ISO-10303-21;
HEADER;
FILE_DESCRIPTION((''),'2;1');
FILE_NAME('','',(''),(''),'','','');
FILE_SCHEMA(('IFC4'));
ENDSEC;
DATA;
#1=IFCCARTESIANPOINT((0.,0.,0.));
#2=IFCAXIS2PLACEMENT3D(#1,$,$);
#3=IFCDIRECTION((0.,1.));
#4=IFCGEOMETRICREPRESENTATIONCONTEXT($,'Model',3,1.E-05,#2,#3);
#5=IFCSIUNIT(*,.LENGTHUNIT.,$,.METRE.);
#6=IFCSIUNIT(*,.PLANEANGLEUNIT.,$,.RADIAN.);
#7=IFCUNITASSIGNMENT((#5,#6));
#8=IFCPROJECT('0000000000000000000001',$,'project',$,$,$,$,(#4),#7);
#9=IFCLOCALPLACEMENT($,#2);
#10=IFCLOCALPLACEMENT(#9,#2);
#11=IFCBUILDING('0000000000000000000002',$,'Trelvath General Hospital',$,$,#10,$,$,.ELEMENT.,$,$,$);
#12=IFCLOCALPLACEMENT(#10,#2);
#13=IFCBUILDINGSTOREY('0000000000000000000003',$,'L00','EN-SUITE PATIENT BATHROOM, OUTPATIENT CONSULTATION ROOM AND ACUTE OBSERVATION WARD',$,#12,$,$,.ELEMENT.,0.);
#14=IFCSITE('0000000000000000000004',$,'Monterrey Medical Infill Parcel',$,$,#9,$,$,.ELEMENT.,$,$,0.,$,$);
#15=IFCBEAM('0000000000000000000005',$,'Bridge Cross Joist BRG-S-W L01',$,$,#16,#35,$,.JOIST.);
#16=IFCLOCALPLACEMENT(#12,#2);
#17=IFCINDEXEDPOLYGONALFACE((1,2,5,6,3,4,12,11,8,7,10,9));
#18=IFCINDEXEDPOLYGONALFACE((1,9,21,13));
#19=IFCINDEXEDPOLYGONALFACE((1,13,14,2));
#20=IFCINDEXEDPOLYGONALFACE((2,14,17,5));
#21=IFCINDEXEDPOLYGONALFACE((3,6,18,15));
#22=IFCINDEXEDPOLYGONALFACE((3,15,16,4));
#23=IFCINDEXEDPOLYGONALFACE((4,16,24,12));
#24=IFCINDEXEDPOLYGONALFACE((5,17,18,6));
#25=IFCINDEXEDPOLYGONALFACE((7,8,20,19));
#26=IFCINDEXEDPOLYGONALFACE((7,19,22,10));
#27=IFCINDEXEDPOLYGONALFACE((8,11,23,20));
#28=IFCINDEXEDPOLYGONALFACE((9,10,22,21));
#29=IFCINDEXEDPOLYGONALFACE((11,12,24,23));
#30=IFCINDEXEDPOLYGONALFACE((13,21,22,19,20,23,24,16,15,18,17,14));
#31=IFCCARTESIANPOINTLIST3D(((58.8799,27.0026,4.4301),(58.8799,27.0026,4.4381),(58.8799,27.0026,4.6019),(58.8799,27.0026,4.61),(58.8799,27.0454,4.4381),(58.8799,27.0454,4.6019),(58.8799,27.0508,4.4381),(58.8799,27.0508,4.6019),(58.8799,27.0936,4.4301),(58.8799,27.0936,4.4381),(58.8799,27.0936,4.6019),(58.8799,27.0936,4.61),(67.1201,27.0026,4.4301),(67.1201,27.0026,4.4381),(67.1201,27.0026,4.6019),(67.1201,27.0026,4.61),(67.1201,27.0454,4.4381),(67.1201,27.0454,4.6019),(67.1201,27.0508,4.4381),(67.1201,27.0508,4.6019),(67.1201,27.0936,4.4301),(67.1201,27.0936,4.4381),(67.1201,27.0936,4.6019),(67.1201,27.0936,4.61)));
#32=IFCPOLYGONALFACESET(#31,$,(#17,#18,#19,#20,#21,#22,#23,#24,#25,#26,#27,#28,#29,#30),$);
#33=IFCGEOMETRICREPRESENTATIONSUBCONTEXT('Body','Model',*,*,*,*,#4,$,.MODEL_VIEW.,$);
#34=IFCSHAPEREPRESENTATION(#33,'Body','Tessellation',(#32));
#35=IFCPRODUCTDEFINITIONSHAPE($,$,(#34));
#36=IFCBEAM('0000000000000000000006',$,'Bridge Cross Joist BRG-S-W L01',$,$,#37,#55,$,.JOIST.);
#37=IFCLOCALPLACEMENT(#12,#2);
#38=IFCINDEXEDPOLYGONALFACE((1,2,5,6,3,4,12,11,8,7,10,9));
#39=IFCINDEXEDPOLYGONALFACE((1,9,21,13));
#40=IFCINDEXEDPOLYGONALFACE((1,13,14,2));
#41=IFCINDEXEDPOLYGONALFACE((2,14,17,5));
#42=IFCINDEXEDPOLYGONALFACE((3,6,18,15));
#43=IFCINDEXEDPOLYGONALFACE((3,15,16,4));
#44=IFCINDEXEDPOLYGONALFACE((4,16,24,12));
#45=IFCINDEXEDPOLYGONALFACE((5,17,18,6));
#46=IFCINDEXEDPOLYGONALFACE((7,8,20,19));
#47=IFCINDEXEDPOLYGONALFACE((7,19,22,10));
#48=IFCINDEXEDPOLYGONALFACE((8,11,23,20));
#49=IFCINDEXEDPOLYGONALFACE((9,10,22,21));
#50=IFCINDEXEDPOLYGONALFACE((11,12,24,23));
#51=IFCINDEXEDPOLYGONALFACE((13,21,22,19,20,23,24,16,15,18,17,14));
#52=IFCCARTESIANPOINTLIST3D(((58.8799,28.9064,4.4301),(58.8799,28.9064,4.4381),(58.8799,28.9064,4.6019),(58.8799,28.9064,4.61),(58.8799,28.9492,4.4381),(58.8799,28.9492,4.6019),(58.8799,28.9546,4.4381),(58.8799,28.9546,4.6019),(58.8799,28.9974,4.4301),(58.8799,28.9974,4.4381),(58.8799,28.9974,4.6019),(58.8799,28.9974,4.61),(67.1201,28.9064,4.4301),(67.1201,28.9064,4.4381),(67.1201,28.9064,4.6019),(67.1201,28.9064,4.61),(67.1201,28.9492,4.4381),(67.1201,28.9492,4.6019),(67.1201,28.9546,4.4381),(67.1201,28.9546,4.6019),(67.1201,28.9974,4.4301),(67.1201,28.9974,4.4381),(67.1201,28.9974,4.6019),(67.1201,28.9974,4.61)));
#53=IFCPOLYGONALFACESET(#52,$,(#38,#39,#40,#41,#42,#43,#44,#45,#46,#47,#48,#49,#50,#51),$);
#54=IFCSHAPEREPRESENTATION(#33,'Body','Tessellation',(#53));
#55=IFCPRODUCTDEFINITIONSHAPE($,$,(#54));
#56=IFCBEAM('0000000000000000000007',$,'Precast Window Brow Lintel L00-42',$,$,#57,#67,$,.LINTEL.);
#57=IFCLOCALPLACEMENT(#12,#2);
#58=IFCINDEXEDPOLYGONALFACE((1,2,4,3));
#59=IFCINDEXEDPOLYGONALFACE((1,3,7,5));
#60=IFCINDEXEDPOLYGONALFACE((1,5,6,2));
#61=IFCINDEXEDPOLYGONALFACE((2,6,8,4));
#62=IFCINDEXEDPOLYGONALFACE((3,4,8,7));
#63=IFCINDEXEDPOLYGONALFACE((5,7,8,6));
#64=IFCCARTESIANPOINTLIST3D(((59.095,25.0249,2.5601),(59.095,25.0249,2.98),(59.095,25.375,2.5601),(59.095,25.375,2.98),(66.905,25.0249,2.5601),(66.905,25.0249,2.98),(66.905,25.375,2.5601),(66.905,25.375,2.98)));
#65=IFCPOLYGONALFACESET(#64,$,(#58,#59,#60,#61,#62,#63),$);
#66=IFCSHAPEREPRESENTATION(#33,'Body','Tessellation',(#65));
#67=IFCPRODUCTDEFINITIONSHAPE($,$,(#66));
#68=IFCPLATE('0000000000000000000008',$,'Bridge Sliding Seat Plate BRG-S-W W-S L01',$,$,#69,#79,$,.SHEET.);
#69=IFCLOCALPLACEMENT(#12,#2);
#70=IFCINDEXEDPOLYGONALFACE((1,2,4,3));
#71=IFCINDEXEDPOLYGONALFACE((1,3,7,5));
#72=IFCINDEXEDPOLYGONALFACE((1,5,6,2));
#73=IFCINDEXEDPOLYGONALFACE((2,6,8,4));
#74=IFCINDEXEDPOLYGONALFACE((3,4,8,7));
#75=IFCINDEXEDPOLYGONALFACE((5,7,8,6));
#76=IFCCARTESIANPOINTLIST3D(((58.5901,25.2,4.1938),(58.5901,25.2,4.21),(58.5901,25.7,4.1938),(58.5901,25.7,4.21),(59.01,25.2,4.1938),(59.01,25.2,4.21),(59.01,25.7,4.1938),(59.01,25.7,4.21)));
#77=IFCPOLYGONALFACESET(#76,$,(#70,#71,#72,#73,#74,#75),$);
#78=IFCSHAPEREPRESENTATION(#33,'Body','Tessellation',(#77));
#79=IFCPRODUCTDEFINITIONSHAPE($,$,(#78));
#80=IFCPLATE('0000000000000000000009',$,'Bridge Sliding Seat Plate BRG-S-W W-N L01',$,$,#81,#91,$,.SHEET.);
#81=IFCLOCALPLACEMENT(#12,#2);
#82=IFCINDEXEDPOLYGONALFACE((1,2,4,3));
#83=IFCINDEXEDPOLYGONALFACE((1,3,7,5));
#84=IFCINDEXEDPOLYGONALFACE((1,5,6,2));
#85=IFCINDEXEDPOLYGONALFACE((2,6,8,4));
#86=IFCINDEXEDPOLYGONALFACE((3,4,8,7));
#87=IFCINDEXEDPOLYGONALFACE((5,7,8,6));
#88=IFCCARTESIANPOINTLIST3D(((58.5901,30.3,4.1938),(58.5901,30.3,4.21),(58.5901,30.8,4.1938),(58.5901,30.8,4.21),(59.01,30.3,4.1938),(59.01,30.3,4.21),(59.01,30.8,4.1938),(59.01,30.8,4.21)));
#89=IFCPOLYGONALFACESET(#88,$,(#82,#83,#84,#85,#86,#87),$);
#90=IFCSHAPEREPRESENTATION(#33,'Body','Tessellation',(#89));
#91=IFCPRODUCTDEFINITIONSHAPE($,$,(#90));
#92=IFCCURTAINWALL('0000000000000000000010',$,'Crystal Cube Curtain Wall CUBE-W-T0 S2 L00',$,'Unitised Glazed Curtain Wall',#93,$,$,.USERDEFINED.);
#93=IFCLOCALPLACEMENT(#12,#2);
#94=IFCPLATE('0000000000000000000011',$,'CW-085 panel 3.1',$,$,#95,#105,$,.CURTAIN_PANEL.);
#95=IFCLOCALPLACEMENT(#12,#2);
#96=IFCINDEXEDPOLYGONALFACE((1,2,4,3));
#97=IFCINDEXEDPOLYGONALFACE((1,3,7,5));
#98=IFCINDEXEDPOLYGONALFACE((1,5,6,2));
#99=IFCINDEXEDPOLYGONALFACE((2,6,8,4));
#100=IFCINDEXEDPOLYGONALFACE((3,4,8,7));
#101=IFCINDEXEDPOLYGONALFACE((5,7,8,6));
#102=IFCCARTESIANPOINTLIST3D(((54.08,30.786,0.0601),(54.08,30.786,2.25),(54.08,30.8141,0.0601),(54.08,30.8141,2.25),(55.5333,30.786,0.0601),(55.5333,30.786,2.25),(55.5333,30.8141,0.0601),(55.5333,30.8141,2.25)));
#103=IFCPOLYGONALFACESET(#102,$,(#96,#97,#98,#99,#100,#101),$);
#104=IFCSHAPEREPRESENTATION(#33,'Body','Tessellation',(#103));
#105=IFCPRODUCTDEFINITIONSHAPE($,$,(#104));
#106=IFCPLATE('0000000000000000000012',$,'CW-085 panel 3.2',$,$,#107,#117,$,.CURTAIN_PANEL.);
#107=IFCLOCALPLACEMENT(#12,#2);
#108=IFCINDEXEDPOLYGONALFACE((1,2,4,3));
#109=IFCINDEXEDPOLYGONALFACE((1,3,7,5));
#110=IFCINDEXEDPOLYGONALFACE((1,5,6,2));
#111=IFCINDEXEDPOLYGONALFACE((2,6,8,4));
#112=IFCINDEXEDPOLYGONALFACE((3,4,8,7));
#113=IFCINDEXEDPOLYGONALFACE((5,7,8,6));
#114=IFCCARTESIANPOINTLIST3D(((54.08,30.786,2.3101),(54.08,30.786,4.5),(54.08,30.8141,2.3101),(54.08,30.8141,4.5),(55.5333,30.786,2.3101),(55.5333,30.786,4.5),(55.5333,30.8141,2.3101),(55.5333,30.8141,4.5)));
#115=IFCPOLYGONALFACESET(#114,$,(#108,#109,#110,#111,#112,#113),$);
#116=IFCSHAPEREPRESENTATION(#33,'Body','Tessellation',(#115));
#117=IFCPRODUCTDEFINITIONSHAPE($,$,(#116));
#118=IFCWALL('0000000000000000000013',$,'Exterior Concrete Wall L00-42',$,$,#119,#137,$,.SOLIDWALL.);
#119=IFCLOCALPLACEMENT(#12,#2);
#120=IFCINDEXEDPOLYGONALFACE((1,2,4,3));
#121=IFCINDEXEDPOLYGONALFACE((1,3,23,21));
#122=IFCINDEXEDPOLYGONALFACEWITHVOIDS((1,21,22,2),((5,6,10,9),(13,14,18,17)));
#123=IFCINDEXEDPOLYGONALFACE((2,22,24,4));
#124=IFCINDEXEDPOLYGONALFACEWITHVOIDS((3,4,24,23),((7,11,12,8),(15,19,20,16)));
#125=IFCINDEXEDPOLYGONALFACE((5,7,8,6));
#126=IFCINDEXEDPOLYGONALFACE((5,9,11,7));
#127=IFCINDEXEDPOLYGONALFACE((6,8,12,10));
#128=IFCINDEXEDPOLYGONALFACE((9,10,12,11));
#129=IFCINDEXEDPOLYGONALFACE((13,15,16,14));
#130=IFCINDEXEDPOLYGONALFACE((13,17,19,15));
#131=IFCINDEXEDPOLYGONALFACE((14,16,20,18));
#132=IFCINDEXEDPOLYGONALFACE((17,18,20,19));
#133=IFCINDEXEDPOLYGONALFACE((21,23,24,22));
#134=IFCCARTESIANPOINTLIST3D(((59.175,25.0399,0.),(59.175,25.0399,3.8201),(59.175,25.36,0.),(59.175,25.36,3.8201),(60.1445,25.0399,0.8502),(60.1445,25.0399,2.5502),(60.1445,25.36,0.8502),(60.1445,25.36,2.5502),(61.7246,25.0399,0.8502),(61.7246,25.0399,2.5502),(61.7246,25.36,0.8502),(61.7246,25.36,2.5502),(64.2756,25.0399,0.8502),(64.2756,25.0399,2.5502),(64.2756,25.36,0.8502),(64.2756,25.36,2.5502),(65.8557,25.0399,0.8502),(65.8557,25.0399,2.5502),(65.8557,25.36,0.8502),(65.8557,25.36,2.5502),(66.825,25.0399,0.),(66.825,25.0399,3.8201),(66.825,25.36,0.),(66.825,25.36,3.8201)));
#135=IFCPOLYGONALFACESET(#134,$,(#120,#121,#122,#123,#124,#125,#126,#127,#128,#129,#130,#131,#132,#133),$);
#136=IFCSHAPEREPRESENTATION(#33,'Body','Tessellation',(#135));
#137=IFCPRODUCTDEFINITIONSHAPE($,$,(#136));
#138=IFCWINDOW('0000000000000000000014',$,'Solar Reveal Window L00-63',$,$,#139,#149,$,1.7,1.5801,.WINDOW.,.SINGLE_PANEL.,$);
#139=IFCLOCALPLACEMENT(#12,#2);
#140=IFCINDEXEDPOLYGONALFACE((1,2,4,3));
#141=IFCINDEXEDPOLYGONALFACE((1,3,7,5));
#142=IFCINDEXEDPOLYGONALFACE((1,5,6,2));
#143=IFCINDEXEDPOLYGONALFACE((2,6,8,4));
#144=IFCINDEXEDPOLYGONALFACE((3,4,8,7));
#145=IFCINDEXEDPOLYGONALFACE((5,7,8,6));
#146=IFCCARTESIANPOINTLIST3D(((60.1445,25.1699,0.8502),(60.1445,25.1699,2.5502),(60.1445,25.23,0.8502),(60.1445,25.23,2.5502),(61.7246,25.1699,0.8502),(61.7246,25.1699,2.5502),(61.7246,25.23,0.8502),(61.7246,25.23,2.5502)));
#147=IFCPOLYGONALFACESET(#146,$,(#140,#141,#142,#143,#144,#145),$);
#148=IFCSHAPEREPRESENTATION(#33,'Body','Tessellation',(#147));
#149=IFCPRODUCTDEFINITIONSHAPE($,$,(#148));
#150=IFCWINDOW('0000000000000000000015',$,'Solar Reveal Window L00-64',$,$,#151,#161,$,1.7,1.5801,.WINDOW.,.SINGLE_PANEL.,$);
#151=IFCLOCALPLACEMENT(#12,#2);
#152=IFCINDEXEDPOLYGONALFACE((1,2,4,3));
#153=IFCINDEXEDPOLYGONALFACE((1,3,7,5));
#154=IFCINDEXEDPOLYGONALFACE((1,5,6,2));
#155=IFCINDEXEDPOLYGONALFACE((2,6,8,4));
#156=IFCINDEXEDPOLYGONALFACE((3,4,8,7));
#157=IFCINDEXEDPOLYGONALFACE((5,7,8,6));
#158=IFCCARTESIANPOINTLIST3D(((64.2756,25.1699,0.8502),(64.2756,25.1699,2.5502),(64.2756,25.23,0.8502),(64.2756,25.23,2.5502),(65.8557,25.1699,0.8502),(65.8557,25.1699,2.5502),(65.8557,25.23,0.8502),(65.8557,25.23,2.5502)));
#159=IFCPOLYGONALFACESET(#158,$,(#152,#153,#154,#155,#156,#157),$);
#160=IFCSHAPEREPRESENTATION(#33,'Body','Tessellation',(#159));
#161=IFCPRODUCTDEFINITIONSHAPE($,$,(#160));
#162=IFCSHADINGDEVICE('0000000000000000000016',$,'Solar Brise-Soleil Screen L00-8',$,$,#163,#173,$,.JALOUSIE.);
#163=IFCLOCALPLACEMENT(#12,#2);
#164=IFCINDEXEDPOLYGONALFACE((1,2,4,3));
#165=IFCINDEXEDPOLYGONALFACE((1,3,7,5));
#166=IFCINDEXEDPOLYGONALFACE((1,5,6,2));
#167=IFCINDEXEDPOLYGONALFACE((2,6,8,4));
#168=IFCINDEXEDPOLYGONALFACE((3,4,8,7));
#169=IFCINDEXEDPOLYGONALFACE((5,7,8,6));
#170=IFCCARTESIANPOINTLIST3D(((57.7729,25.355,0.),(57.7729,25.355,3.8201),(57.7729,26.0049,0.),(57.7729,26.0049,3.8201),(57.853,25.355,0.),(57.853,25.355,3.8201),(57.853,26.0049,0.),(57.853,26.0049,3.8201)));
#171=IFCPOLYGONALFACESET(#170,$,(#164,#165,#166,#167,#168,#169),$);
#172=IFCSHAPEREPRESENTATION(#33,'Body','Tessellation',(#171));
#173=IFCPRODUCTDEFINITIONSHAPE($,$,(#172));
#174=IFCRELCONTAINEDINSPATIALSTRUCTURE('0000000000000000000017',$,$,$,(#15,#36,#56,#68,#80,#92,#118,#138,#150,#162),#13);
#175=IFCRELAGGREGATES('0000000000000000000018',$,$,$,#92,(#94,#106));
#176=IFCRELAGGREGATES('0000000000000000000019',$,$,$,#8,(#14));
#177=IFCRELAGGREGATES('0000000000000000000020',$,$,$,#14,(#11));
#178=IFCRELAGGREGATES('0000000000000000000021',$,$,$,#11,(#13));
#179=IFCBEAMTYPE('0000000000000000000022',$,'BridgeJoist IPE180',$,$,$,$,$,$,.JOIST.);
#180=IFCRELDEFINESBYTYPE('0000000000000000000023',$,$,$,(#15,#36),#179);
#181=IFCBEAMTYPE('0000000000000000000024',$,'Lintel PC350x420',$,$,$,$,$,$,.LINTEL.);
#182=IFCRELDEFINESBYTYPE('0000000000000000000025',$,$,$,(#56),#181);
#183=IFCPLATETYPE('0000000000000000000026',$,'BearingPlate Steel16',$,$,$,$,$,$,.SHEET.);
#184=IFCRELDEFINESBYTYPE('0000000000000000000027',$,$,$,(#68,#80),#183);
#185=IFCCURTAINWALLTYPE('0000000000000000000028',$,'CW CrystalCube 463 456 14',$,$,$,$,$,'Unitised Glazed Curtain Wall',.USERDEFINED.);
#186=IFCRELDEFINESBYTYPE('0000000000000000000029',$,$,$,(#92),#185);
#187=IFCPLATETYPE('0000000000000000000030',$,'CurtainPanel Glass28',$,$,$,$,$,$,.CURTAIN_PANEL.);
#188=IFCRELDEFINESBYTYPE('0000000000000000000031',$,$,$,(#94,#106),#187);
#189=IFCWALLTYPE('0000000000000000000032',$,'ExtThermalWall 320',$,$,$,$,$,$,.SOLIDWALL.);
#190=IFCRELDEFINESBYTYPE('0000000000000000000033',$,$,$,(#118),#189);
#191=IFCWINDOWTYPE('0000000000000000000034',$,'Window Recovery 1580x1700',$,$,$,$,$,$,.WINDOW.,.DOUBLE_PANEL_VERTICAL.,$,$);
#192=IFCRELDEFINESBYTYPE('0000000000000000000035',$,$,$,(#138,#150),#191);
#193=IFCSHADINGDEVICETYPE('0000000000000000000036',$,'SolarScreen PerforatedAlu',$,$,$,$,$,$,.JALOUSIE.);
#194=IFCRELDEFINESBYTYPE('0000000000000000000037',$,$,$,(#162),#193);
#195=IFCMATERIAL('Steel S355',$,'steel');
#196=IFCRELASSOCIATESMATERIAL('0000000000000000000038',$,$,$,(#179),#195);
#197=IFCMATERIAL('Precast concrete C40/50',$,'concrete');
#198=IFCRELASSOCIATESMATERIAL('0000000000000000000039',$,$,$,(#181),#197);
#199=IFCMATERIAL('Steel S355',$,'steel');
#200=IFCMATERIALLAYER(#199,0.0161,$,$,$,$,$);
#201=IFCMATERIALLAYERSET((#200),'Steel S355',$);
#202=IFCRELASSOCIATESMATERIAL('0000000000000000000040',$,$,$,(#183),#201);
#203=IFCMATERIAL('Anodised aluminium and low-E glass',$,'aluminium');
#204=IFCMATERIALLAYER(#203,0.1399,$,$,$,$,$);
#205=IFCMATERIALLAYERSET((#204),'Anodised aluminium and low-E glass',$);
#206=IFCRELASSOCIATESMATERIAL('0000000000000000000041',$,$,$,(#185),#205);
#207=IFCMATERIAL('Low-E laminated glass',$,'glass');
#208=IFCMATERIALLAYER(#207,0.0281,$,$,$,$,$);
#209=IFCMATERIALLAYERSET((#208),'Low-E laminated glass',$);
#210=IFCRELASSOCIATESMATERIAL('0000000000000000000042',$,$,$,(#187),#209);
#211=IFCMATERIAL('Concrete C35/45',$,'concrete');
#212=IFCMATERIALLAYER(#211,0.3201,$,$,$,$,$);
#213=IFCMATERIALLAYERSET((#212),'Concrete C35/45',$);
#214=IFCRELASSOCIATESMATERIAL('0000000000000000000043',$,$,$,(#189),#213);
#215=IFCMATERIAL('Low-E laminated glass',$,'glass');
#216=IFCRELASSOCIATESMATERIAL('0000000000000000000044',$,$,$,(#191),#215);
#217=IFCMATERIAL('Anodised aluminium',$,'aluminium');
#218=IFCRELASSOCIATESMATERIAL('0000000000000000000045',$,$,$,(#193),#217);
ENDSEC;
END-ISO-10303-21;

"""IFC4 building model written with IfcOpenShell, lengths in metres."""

from ifc_helpers import new_model, si_unit, direction, frame, frame_2d, origin, origin_2d, place, context, subcontext, project, spatial, rectangle, i_section, extrude, material, layer, layer_set, material_profile, profile_set, type_object, element, fill, aggregate, save


model = new_model("IFC4")

# Units and contexts
model_context = context("Model", 3, precision=1e-05, world=origin(), true_north=direction((0.0, 1.0)))
body_context = subcontext(model_context, "Body", "Model", "MODEL_VIEW")
ifc_project = project(units=[si_unit("LENGTHUNIT", "METRE"), si_unit("PLANEANGLEUNIT", "RADIAN")], contexts=[model_context])

# Site, building, storey
site_placement = place(None, origin())
site = spatial("IfcSite", under=ifc_project, at=site_placement, Name="Monterrey Medical Infill Parcel", CompositionType="ELEMENT", RefElevation=0.0)
building_placement = place(site_placement, origin())
building = spatial("IfcBuilding", under=site, at=building_placement, Name="Trelvath General Hospital", CompositionType="ELEMENT")
storey_placement = place(building_placement, origin())
storey = spatial("IfcBuildingStorey", under=building, at=storey_placement, Name="L00", Description="EN-SUITE PATIENT BATHROOM, OUTPATIENT CONSULTATION ROOM AND ACUTE OBSERVATION WARD", CompositionType="ELEMENT", Elevation=0.0)

# Beams
ifc_material_1 = material(Name="Steel S355", Category="steel")
ifc_material_profile_1 = material_profile(ifc_material_1, i_section(OverallWidth=0.0911, OverallDepth=0.1799, WebThickness=0.0054, FlangeThickness=0.0081, at=origin_2d()), Name="IPE180")
ifc_profile_set_1 = profile_set([ifc_material_profile_1], Name="Steel S355")
beam_type_1 = type_object("IfcBeamType", Name="BridgeJoist IPE180", PredefinedType="JOIST", material=ifc_profile_set_1)
for number, where, z_axis, x_axis, name in (
    (1, (58.8799, 27.0481, 4.52), (1.0, 0.0, 0.0), (0.0, 1.0, 0.0), "Bridge Cross Joist BRG-S-W L01"),
    (2, (58.8799, 28.9519, 4.52), (1.0, 0.0, 0.0), (0.0, 1.0, 0.0), "Bridge Cross Joist BRG-S-W L01"),
):
    element("IfcBeam", number, at=place(storey_placement, frame(where, z_axis=z_axis, x_axis=x_axis)), inside=storey, type_object=beam_type_1, Name=name, PredefinedType="JOIST", context=body_context, shape_type="SweptSolid", body=[
        extrude(i_section(OverallWidth=0.0911, OverallDepth=0.1799, WebThickness=0.0054, FlangeThickness=0.0081, at=origin_2d()), origin(), (0.0, 0.0, 1.0), 8.2402),
    ])
ifc_material_2 = material(Name="Precast concrete C40/50", Category="concrete")
ifc_material_profile_2 = material_profile(ifc_material_2, rectangle(XDim=0.3501, YDim=0.4199, at=origin_2d()), Name="PCL350x420")
ifc_profile_set_2 = profile_set([ifc_material_profile_2], Name="Precast concrete C40/50")
beam_type_2 = type_object("IfcBeamType", Name="Lintel PC350x420", PredefinedType="LINTEL", material=ifc_profile_set_2)
beam_1_placement = place(storey_placement, frame((59.095, 25.2, 2.77), z_axis=(1.0, 0.0, 0.0), x_axis=(0.0, 1.0, 0.0)))
element("IfcBeam", 3, at=beam_1_placement, inside=storey, type_object=beam_type_2, Name="Precast Window Brow Lintel L00-42", PredefinedType="LINTEL", context=body_context, shape_type="SweptSolid", body=[
    extrude(rectangle(XDim=0.3501, YDim=0.4199, at=origin_2d()), origin(), (0.0, 0.0, 1.0), 7.8101),
])

# Plates
ifc_material_3 = material(Name="Steel S355", Category="steel")
ifc_layer_1 = layer(ifc_material_3, 0.0161)
ifc_layer_set_1 = layer_set([ifc_layer_1], Name="Steel S355")
plate_type_1 = type_object("IfcPlateType", Name="BearingPlate Steel16", PredefinedType="SHEET", material=ifc_layer_set_1)
for number, where, z_axis, x_axis, name in (
    (4, (58.8, 25.45, 4.1938), (0.0, 0.0, 1.0), (1.0, 0.0, 0.0), "Bridge Sliding Seat Plate BRG-S-W W-S L01"),
    (5, (58.8, 30.55, 4.1938), (0.0, 0.0, 1.0), (1.0, 0.0, 0.0), "Bridge Sliding Seat Plate BRG-S-W W-N L01"),
):
    element("IfcPlate", number, at=place(storey_placement, frame(where, z_axis=z_axis, x_axis=x_axis)), inside=storey, type_object=plate_type_1, Name=name, PredefinedType="SHEET", context=body_context, shape_type="SweptSolid", body=[
        extrude(rectangle(XDim=0.4199, YDim=0.5, at=origin_2d()), origin(), (0.0, 0.0, 1.0), 0.0161),
    ])

# Curtain wall, plates
ifc_material_4 = material(Name="Anodised aluminium and low-E glass", Category="aluminium")
ifc_layer_2 = layer(ifc_material_4, 0.1399)
ifc_layer_set_2 = layer_set([ifc_layer_2], Name="Anodised aluminium and low-E glass")
curtain_wall_type = type_object("IfcCurtainWallType", Name="CW CrystalCube 463 456 14", ElementType="Unitised Glazed Curtain Wall", PredefinedType="USERDEFINED", material=ifc_layer_set_2)
curtain_wall_placement = place(storey_placement, origin())
curtain_wall = element("IfcCurtainWall", 6, at=curtain_wall_placement, inside=storey, type_object=curtain_wall_type, Name="Crystal Cube Curtain Wall CUBE-W-T0 S2 L00", ObjectType="Unitised Glazed Curtain Wall", PredefinedType="USERDEFINED")
ifc_material_5 = material(Name="Low-E laminated glass", Category="glass")
ifc_layer_3 = layer(ifc_material_5, 0.0281)
ifc_layer_set_3 = layer_set([ifc_layer_3], Name="Low-E laminated glass")
plate_type_2 = type_object("IfcPlateType", Name="CurtainPanel Glass28", PredefinedType="CURTAIN_PANEL", material=ifc_layer_set_3)
plate_1_placement = place(storey_placement, frame((54.8066, 30.8, 0.0601), z_axis=(0.0, 0.0, 1.0), x_axis=(-1.0, 0.0, 0.0)))
plate_1 = element("IfcPlate", 7, at=plate_1_placement, type_object=plate_type_2, Name="CW-085 panel 3.1", PredefinedType="CURTAIN_PANEL", context=body_context, shape_type="SweptSolid", body=[
    extrude(rectangle(XDim=1.4534, YDim=0.0281, at=origin_2d()), origin(), (0.0, 0.0, 1.0), 2.1899),
])
plate_2_placement = place(storey_placement, frame((54.8066, 30.8, 2.3101), z_axis=(0.0, 0.0, 1.0), x_axis=(-1.0, 0.0, 0.0)))
plate_2 = element("IfcPlate", 8, at=plate_2_placement, type_object=plate_type_2, Name="CW-085 panel 3.2", PredefinedType="CURTAIN_PANEL", context=body_context, shape_type="SweptSolid", body=[
    extrude(rectangle(XDim=1.4534, YDim=0.0281, at=origin_2d()), origin(), (0.0, 0.0, 1.0), 2.1899),
])
aggregate(curtain_wall, [plate_1, plate_2])

# Wall, openings, windows
ifc_material_6 = material(Name="Concrete C35/45", Category="concrete")
ifc_layer_4 = layer(ifc_material_6, 0.3201)
ifc_layer_set_4 = layer_set([ifc_layer_4], Name="Concrete C35/45")
wall_type = type_object("IfcWallType", Name="ExtThermalWall 320", PredefinedType="SOLIDWALL", material=ifc_layer_set_4)
wall_placement = place(storey_placement, frame((59.175, 25.2, 0.0), z_axis=(0.0, 0.0, 1.0), x_axis=(1.0, 0.0, 0.0)))
wall = element("IfcWall", 9, at=wall_placement, inside=storey, type_object=wall_type, Name="Exterior Concrete Wall L00-42", PredefinedType="SOLIDWALL", context=body_context, shape_type="SweptSolid", body=[
    extrude(rectangle(XDim=7.6499, YDim=0.3201, at=frame_2d((3.825, 0.0))), origin(), (0.0, 0.0, 1.0), 3.8201),
])
opening_1_placement = place(wall_placement, frame((0.9695, 0.0, 0.8501)))
opening_1 = element("IfcOpeningElement", 10, at=opening_1_placement, cuts=wall, PredefinedType="OPENING", context=body_context, shape_type="SweptSolid", body=[
    extrude(rectangle(XDim=1.5801, YDim=1.7, at=frame_2d((0.79, 0.8501))), frame((0.0, 0.1699, 0.0), z_axis=(0.0, -1.0, 0.0), x_axis=(1.0, 0.0, 0.0)), (0.0, 0.0, 1.0), 0.3401),
])
opening_2_placement = place(wall_placement, frame((5.1006, 0.0, 0.8501)))
opening_2 = element("IfcOpeningElement", 11, at=opening_2_placement, cuts=wall, PredefinedType="OPENING", context=body_context, shape_type="SweptSolid", body=[
    extrude(rectangle(XDim=1.5801, YDim=1.7, at=frame_2d((0.79, 0.8501))), frame((0.0, 0.1699, 0.0), z_axis=(0.0, -1.0, 0.0), x_axis=(1.0, 0.0, 0.0)), (0.0, 0.0, 1.0), 0.3401),
])
ifc_material_7 = material(Name="Low-E laminated glass", Category="glass")
window_type = type_object("IfcWindowType", Name="Window Recovery 1580x1700", PartitioningType="DOUBLE_PANEL_VERTICAL", PredefinedType="WINDOW", material=ifc_material_7)
window_1_placement = place(opening_1_placement, origin())
window_1 = element("IfcWindow", 12, at=window_1_placement, inside=storey, type_object=window_type, Name="Solar Reveal Window L00-63", OverallHeight=1.7, OverallWidth=1.5801, PartitioningType="SINGLE_PANEL", PredefinedType="WINDOW", context=body_context, shape_type="SweptSolid", body=[
    extrude(rectangle(XDim=1.5801, YDim=1.7, at=frame_2d((0.79, 0.8501))), frame((0.0, 0.03, 0.0), z_axis=(0.0, -1.0, 0.0), x_axis=(1.0, 0.0, 0.0)), (0.0, 0.0, 1.0), 0.0601),
])
fill(opening_1, window_1)
window_2_placement = place(opening_2_placement, origin())
window_2 = element("IfcWindow", 13, at=window_2_placement, inside=storey, type_object=window_type, Name="Solar Reveal Window L00-64", OverallHeight=1.7, OverallWidth=1.5801, PartitioningType="SINGLE_PANEL", PredefinedType="WINDOW", context=body_context, shape_type="SweptSolid", body=[
    extrude(rectangle(XDim=1.5801, YDim=1.7, at=frame_2d((0.79, 0.8501))), frame((0.0, 0.03, 0.0), z_axis=(0.0, -1.0, 0.0), x_axis=(1.0, 0.0, 0.0)), (0.0, 0.0, 1.0), 0.0601),
])
fill(opening_2, window_2)

# Shading device
ifc_material_8 = material(Name="Anodised aluminium", Category="aluminium")
shading_device_type = type_object("IfcShadingDeviceType", Name="SolarScreen PerforatedAlu", PredefinedType="JALOUSIE", material=ifc_material_8)
shading_device_placement = place(storey_placement, frame((57.813, 25.6799, 0.0), z_axis=(0.0, 0.0, 1.0), x_axis=(0.0, 1.0, 0.0)))
element("IfcShadingDevice", 14, at=shading_device_placement, inside=storey, type_object=shading_device_type, Name="Solar Brise-Soleil Screen L00-8", PredefinedType="JALOUSIE", context=body_context, shape_type="SweptSolid", body=[
    extrude(rectangle(XDim=0.6499, YDim=0.0801, at=origin_2d()), origin(), (0.0, 0.0, 1.0), 3.8201),
])

save(model, "model.ifc")
